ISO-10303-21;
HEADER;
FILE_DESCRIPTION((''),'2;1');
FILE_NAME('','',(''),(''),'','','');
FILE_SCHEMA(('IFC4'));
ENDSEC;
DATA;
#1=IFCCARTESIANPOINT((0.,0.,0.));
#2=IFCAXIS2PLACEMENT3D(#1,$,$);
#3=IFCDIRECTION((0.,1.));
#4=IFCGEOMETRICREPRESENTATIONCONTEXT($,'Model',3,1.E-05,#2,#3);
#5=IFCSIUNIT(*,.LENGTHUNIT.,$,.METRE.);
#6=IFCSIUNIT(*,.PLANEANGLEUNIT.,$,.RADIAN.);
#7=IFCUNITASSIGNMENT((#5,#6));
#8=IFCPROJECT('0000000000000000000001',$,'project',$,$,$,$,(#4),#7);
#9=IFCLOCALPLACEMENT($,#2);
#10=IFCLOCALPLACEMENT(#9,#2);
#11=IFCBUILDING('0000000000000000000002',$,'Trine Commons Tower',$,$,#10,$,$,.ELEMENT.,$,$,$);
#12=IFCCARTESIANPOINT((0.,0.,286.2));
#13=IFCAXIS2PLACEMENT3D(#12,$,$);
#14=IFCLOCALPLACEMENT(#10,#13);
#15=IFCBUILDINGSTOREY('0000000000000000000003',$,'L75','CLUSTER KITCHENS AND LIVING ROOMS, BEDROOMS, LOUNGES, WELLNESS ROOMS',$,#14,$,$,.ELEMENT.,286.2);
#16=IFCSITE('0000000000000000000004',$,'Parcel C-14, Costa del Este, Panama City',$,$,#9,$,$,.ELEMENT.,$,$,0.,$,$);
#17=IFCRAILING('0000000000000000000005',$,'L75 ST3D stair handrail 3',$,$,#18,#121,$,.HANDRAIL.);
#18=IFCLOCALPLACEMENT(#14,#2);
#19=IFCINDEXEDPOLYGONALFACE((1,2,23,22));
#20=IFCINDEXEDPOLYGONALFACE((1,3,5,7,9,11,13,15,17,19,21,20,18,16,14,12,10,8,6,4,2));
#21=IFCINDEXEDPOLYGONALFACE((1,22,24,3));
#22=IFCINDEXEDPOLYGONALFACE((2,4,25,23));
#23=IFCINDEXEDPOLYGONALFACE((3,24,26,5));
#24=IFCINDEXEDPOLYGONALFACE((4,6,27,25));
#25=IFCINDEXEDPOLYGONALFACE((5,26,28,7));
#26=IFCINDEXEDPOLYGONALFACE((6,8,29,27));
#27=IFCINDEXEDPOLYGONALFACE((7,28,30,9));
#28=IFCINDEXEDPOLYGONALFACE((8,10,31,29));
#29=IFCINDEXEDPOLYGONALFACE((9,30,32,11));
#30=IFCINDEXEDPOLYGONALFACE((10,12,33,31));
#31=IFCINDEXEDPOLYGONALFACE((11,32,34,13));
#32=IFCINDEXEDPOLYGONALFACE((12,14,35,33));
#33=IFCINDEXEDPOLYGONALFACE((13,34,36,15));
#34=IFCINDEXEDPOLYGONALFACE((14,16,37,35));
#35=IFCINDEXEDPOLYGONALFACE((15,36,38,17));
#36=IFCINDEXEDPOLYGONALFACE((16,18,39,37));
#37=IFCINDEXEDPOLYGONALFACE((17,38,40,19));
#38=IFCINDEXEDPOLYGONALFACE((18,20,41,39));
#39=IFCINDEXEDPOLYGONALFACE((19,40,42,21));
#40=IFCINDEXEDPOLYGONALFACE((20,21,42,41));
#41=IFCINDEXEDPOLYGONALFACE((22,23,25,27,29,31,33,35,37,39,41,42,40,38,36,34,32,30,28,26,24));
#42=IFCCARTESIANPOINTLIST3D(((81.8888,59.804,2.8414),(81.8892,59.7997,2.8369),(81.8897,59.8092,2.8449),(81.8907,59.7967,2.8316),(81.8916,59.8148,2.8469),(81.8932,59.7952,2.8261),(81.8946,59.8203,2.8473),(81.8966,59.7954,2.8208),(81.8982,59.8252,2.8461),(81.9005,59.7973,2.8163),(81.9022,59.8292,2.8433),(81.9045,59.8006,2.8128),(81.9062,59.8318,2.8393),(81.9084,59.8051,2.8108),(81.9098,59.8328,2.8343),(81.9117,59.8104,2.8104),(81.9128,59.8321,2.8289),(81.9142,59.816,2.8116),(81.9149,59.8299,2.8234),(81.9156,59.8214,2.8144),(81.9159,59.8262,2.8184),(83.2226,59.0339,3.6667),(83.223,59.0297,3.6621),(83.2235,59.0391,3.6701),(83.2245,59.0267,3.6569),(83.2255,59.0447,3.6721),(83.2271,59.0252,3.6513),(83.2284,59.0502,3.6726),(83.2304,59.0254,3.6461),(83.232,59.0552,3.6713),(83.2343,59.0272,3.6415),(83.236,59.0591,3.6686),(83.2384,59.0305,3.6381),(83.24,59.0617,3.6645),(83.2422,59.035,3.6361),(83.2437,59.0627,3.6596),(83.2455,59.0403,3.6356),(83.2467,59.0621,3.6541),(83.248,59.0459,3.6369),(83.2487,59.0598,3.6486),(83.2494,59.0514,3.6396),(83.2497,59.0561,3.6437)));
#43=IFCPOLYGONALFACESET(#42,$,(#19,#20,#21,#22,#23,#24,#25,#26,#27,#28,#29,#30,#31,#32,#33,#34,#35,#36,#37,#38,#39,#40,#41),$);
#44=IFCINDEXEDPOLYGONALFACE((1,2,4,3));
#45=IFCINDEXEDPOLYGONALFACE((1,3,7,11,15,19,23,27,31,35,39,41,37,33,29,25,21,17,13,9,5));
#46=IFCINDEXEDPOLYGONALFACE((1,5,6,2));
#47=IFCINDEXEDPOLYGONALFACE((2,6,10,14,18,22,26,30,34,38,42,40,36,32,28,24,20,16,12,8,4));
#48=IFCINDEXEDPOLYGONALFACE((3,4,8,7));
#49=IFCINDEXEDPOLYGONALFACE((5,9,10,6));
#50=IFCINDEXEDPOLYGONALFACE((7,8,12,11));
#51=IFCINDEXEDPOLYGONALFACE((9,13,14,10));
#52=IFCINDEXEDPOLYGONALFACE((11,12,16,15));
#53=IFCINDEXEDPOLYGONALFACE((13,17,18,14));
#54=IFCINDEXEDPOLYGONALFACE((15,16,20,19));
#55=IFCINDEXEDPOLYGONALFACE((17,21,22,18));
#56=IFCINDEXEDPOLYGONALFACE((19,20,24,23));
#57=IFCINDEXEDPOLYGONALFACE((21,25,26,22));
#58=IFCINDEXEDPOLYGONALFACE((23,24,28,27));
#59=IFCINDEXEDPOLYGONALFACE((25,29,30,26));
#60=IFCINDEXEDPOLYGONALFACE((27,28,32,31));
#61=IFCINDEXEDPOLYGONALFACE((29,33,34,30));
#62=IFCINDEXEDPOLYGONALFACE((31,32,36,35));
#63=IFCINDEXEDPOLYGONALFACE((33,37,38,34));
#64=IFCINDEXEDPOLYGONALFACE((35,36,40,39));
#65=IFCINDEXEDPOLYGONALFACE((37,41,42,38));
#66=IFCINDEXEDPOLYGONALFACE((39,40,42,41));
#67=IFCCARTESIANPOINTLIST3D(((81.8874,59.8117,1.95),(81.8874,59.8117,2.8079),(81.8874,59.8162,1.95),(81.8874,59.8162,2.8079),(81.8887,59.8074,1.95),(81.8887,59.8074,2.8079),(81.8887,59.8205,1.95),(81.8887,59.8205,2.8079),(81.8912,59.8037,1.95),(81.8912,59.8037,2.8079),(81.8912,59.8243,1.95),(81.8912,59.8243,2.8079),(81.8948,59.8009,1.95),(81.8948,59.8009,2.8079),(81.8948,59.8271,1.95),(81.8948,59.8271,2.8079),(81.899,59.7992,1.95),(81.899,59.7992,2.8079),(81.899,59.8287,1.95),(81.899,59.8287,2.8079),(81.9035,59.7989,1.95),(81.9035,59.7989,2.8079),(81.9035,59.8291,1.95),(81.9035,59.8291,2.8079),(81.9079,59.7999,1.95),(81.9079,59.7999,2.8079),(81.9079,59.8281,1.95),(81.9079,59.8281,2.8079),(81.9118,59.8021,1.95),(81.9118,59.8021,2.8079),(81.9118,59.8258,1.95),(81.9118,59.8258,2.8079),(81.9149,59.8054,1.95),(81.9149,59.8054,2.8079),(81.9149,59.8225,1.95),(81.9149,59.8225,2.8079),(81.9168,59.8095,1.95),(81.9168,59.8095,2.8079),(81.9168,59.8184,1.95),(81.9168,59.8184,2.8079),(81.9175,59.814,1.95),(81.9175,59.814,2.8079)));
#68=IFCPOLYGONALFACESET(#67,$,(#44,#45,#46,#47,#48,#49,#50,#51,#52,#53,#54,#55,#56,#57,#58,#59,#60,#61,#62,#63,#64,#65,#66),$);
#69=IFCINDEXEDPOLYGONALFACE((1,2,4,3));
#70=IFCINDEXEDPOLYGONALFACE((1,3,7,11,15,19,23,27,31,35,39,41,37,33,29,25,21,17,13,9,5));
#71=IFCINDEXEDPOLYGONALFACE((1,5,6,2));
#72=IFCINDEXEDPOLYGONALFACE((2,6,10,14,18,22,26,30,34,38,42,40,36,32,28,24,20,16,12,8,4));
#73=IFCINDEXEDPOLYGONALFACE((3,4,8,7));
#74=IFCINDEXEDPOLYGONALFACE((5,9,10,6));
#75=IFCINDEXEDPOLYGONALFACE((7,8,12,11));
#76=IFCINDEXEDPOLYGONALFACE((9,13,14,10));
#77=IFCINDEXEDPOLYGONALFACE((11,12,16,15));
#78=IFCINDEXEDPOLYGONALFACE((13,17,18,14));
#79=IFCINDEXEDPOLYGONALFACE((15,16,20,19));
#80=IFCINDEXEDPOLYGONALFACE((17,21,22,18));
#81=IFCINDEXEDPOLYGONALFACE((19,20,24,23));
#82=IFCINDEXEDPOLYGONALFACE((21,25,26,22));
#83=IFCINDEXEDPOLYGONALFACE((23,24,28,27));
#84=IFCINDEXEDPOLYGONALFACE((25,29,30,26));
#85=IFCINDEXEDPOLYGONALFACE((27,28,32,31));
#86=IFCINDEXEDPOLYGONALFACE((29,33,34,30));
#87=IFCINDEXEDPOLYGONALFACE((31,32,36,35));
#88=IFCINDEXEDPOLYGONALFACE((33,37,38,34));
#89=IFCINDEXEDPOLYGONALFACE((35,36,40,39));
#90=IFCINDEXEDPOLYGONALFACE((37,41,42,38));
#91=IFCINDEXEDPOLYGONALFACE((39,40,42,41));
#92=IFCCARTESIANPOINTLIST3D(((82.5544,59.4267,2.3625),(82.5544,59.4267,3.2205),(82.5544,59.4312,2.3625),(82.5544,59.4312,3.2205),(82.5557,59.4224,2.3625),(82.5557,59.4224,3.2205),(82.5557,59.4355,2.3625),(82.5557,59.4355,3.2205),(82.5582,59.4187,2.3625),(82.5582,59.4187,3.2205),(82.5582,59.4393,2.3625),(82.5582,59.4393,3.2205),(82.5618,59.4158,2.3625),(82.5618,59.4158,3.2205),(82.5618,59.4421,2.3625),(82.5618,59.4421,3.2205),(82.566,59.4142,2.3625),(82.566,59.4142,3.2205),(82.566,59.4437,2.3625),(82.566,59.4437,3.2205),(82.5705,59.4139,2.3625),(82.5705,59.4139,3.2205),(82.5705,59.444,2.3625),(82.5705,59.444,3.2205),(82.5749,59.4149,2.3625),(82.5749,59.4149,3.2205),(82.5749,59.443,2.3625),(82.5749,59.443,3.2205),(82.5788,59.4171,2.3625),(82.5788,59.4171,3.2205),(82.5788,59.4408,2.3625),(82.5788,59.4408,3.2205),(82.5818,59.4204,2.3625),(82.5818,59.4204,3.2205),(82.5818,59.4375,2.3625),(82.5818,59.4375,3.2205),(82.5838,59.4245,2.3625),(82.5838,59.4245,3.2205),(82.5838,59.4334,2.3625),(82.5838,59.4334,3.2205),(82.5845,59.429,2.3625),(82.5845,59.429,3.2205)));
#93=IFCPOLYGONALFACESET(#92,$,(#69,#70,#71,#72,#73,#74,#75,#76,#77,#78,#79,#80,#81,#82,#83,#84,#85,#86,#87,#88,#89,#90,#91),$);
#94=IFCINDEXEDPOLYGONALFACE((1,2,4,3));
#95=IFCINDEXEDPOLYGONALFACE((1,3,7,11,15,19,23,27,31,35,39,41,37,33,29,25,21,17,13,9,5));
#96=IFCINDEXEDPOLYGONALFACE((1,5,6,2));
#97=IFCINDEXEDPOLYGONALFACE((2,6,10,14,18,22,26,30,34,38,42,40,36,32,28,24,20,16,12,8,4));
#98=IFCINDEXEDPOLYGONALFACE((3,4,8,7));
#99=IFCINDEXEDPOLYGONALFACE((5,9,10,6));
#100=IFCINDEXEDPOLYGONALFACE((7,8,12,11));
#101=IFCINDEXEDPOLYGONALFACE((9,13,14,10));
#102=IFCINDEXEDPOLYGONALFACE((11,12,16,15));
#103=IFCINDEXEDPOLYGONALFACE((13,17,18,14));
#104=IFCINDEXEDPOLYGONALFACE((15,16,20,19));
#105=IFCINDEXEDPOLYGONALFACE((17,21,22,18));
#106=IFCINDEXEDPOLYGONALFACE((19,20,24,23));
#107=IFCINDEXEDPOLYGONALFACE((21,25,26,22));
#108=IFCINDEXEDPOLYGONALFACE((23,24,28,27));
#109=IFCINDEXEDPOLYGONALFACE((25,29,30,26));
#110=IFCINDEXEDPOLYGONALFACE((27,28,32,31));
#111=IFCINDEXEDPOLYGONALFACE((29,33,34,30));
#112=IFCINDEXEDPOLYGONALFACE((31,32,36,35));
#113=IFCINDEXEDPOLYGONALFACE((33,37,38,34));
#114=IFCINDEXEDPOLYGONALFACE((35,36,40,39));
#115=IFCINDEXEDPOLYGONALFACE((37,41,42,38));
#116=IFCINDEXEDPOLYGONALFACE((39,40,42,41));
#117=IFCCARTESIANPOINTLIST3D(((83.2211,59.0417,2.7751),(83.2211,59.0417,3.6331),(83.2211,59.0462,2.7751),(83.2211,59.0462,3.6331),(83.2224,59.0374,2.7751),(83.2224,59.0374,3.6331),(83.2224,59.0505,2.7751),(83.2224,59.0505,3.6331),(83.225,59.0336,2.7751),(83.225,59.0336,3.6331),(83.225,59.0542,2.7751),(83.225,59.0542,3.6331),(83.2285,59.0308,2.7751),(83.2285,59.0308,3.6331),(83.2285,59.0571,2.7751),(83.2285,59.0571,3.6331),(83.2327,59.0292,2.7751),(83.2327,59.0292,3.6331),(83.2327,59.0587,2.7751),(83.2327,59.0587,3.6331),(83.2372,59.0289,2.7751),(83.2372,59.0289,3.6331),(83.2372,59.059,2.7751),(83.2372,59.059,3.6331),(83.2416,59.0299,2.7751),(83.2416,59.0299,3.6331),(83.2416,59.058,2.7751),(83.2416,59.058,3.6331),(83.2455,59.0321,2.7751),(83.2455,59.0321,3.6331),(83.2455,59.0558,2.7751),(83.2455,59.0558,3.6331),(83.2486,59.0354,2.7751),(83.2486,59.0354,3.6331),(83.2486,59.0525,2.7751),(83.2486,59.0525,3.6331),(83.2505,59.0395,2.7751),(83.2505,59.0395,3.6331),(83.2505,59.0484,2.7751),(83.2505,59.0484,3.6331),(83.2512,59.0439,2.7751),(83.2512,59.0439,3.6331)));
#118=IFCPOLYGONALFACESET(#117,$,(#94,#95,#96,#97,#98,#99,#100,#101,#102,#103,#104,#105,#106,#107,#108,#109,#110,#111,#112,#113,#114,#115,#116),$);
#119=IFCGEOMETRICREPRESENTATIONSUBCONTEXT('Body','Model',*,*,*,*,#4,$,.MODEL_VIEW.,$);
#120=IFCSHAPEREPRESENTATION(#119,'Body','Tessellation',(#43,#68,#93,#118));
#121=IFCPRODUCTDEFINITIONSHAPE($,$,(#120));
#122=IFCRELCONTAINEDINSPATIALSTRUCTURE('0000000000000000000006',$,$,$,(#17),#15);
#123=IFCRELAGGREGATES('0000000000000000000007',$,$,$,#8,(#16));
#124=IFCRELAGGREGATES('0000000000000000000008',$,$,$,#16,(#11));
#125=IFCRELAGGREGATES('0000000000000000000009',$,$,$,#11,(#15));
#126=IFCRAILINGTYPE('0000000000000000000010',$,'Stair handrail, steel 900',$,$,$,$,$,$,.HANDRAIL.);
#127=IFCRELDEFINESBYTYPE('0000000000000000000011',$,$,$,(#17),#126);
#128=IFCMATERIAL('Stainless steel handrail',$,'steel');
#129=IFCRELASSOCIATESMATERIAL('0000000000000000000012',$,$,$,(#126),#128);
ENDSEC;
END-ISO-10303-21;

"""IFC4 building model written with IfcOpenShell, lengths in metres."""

from ifc_helpers import new_model, si_unit, direction, frame, origin, origin_2d, place, context, subcontext, project, spatial, circle, extrude, material, type_object, element, save


model = new_model("IFC4")

# Units and contexts
model_context = context("Model", 3, precision=1e-05, world=origin(), true_north=direction((0.0, 1.0)))
body_context = subcontext(model_context, "Body", "Model", "MODEL_VIEW")
ifc_project = project(units=[si_unit("LENGTHUNIT", "METRE"), si_unit("PLANEANGLEUNIT", "RADIAN")], contexts=[model_context])

# Site, building, storey
site_placement = place(None, origin())
site = spatial("IfcSite", under=ifc_project, at=site_placement, Name="Parcel C-14, Costa del Este, Panama City", CompositionType="ELEMENT", RefElevation=0.0)
building_placement = place(site_placement, origin())
building = spatial("IfcBuilding", under=site, at=building_placement, Name="Trine Commons Tower", CompositionType="ELEMENT")
storey_placement = place(building_placement, frame((0.0, 0.0, 286.2)))
storey = spatial("IfcBuildingStorey", under=building, at=storey_placement, Name="L75", Description="CLUSTER KITCHENS AND LIVING ROOMS, BEDROOMS, LOUNGES, WELLNESS ROOMS", CompositionType="ELEMENT", Elevation=286.2)

# Railing
ifc_material_1 = material(Name="Stainless steel handrail", Category="steel")
railing_type_1 = type_object("IfcRailingType", Name="Stair handrail, steel 900", PredefinedType="HANDRAIL", material=ifc_material_1)
railing_1_placement = place(storey_placement, frame((81.9023, 59.814, 1.95)))
element("IfcRailing", 1, at=railing_1_placement, inside=storey, type_object=railing_type_1, Name="L75 ST3D stair handrail 3", PredefinedType="HANDRAIL", context=body_context, shape_type="SweptSolid", body=[
    extrude(circle(Radius=0.021, at=origin_2d()), frame((0.0, 0.0, 0.8789), z_axis=(0.763355, -0.440714, 0.472293), x_axis=(0.499992, 0.86603, 0.0)), (0.0, 0.0, 1.0), 1.7473),
    extrude(circle(Radius=0.0151, at=origin_2d()), origin(), (0.0, 0.0, 1.0), 0.8579),
    extrude(circle(Radius=0.0151, at=origin_2d()), frame((0.667, -0.385, 0.4126)), (0.0, 0.0, 1.0), 0.8579),
    extrude(circle(Radius=0.0151, at=origin_2d()), frame((1.3337, -0.77, 0.8252)), (0.0, 0.0, 1.0), 0.8579),
])

save(model, "model.ifc")
